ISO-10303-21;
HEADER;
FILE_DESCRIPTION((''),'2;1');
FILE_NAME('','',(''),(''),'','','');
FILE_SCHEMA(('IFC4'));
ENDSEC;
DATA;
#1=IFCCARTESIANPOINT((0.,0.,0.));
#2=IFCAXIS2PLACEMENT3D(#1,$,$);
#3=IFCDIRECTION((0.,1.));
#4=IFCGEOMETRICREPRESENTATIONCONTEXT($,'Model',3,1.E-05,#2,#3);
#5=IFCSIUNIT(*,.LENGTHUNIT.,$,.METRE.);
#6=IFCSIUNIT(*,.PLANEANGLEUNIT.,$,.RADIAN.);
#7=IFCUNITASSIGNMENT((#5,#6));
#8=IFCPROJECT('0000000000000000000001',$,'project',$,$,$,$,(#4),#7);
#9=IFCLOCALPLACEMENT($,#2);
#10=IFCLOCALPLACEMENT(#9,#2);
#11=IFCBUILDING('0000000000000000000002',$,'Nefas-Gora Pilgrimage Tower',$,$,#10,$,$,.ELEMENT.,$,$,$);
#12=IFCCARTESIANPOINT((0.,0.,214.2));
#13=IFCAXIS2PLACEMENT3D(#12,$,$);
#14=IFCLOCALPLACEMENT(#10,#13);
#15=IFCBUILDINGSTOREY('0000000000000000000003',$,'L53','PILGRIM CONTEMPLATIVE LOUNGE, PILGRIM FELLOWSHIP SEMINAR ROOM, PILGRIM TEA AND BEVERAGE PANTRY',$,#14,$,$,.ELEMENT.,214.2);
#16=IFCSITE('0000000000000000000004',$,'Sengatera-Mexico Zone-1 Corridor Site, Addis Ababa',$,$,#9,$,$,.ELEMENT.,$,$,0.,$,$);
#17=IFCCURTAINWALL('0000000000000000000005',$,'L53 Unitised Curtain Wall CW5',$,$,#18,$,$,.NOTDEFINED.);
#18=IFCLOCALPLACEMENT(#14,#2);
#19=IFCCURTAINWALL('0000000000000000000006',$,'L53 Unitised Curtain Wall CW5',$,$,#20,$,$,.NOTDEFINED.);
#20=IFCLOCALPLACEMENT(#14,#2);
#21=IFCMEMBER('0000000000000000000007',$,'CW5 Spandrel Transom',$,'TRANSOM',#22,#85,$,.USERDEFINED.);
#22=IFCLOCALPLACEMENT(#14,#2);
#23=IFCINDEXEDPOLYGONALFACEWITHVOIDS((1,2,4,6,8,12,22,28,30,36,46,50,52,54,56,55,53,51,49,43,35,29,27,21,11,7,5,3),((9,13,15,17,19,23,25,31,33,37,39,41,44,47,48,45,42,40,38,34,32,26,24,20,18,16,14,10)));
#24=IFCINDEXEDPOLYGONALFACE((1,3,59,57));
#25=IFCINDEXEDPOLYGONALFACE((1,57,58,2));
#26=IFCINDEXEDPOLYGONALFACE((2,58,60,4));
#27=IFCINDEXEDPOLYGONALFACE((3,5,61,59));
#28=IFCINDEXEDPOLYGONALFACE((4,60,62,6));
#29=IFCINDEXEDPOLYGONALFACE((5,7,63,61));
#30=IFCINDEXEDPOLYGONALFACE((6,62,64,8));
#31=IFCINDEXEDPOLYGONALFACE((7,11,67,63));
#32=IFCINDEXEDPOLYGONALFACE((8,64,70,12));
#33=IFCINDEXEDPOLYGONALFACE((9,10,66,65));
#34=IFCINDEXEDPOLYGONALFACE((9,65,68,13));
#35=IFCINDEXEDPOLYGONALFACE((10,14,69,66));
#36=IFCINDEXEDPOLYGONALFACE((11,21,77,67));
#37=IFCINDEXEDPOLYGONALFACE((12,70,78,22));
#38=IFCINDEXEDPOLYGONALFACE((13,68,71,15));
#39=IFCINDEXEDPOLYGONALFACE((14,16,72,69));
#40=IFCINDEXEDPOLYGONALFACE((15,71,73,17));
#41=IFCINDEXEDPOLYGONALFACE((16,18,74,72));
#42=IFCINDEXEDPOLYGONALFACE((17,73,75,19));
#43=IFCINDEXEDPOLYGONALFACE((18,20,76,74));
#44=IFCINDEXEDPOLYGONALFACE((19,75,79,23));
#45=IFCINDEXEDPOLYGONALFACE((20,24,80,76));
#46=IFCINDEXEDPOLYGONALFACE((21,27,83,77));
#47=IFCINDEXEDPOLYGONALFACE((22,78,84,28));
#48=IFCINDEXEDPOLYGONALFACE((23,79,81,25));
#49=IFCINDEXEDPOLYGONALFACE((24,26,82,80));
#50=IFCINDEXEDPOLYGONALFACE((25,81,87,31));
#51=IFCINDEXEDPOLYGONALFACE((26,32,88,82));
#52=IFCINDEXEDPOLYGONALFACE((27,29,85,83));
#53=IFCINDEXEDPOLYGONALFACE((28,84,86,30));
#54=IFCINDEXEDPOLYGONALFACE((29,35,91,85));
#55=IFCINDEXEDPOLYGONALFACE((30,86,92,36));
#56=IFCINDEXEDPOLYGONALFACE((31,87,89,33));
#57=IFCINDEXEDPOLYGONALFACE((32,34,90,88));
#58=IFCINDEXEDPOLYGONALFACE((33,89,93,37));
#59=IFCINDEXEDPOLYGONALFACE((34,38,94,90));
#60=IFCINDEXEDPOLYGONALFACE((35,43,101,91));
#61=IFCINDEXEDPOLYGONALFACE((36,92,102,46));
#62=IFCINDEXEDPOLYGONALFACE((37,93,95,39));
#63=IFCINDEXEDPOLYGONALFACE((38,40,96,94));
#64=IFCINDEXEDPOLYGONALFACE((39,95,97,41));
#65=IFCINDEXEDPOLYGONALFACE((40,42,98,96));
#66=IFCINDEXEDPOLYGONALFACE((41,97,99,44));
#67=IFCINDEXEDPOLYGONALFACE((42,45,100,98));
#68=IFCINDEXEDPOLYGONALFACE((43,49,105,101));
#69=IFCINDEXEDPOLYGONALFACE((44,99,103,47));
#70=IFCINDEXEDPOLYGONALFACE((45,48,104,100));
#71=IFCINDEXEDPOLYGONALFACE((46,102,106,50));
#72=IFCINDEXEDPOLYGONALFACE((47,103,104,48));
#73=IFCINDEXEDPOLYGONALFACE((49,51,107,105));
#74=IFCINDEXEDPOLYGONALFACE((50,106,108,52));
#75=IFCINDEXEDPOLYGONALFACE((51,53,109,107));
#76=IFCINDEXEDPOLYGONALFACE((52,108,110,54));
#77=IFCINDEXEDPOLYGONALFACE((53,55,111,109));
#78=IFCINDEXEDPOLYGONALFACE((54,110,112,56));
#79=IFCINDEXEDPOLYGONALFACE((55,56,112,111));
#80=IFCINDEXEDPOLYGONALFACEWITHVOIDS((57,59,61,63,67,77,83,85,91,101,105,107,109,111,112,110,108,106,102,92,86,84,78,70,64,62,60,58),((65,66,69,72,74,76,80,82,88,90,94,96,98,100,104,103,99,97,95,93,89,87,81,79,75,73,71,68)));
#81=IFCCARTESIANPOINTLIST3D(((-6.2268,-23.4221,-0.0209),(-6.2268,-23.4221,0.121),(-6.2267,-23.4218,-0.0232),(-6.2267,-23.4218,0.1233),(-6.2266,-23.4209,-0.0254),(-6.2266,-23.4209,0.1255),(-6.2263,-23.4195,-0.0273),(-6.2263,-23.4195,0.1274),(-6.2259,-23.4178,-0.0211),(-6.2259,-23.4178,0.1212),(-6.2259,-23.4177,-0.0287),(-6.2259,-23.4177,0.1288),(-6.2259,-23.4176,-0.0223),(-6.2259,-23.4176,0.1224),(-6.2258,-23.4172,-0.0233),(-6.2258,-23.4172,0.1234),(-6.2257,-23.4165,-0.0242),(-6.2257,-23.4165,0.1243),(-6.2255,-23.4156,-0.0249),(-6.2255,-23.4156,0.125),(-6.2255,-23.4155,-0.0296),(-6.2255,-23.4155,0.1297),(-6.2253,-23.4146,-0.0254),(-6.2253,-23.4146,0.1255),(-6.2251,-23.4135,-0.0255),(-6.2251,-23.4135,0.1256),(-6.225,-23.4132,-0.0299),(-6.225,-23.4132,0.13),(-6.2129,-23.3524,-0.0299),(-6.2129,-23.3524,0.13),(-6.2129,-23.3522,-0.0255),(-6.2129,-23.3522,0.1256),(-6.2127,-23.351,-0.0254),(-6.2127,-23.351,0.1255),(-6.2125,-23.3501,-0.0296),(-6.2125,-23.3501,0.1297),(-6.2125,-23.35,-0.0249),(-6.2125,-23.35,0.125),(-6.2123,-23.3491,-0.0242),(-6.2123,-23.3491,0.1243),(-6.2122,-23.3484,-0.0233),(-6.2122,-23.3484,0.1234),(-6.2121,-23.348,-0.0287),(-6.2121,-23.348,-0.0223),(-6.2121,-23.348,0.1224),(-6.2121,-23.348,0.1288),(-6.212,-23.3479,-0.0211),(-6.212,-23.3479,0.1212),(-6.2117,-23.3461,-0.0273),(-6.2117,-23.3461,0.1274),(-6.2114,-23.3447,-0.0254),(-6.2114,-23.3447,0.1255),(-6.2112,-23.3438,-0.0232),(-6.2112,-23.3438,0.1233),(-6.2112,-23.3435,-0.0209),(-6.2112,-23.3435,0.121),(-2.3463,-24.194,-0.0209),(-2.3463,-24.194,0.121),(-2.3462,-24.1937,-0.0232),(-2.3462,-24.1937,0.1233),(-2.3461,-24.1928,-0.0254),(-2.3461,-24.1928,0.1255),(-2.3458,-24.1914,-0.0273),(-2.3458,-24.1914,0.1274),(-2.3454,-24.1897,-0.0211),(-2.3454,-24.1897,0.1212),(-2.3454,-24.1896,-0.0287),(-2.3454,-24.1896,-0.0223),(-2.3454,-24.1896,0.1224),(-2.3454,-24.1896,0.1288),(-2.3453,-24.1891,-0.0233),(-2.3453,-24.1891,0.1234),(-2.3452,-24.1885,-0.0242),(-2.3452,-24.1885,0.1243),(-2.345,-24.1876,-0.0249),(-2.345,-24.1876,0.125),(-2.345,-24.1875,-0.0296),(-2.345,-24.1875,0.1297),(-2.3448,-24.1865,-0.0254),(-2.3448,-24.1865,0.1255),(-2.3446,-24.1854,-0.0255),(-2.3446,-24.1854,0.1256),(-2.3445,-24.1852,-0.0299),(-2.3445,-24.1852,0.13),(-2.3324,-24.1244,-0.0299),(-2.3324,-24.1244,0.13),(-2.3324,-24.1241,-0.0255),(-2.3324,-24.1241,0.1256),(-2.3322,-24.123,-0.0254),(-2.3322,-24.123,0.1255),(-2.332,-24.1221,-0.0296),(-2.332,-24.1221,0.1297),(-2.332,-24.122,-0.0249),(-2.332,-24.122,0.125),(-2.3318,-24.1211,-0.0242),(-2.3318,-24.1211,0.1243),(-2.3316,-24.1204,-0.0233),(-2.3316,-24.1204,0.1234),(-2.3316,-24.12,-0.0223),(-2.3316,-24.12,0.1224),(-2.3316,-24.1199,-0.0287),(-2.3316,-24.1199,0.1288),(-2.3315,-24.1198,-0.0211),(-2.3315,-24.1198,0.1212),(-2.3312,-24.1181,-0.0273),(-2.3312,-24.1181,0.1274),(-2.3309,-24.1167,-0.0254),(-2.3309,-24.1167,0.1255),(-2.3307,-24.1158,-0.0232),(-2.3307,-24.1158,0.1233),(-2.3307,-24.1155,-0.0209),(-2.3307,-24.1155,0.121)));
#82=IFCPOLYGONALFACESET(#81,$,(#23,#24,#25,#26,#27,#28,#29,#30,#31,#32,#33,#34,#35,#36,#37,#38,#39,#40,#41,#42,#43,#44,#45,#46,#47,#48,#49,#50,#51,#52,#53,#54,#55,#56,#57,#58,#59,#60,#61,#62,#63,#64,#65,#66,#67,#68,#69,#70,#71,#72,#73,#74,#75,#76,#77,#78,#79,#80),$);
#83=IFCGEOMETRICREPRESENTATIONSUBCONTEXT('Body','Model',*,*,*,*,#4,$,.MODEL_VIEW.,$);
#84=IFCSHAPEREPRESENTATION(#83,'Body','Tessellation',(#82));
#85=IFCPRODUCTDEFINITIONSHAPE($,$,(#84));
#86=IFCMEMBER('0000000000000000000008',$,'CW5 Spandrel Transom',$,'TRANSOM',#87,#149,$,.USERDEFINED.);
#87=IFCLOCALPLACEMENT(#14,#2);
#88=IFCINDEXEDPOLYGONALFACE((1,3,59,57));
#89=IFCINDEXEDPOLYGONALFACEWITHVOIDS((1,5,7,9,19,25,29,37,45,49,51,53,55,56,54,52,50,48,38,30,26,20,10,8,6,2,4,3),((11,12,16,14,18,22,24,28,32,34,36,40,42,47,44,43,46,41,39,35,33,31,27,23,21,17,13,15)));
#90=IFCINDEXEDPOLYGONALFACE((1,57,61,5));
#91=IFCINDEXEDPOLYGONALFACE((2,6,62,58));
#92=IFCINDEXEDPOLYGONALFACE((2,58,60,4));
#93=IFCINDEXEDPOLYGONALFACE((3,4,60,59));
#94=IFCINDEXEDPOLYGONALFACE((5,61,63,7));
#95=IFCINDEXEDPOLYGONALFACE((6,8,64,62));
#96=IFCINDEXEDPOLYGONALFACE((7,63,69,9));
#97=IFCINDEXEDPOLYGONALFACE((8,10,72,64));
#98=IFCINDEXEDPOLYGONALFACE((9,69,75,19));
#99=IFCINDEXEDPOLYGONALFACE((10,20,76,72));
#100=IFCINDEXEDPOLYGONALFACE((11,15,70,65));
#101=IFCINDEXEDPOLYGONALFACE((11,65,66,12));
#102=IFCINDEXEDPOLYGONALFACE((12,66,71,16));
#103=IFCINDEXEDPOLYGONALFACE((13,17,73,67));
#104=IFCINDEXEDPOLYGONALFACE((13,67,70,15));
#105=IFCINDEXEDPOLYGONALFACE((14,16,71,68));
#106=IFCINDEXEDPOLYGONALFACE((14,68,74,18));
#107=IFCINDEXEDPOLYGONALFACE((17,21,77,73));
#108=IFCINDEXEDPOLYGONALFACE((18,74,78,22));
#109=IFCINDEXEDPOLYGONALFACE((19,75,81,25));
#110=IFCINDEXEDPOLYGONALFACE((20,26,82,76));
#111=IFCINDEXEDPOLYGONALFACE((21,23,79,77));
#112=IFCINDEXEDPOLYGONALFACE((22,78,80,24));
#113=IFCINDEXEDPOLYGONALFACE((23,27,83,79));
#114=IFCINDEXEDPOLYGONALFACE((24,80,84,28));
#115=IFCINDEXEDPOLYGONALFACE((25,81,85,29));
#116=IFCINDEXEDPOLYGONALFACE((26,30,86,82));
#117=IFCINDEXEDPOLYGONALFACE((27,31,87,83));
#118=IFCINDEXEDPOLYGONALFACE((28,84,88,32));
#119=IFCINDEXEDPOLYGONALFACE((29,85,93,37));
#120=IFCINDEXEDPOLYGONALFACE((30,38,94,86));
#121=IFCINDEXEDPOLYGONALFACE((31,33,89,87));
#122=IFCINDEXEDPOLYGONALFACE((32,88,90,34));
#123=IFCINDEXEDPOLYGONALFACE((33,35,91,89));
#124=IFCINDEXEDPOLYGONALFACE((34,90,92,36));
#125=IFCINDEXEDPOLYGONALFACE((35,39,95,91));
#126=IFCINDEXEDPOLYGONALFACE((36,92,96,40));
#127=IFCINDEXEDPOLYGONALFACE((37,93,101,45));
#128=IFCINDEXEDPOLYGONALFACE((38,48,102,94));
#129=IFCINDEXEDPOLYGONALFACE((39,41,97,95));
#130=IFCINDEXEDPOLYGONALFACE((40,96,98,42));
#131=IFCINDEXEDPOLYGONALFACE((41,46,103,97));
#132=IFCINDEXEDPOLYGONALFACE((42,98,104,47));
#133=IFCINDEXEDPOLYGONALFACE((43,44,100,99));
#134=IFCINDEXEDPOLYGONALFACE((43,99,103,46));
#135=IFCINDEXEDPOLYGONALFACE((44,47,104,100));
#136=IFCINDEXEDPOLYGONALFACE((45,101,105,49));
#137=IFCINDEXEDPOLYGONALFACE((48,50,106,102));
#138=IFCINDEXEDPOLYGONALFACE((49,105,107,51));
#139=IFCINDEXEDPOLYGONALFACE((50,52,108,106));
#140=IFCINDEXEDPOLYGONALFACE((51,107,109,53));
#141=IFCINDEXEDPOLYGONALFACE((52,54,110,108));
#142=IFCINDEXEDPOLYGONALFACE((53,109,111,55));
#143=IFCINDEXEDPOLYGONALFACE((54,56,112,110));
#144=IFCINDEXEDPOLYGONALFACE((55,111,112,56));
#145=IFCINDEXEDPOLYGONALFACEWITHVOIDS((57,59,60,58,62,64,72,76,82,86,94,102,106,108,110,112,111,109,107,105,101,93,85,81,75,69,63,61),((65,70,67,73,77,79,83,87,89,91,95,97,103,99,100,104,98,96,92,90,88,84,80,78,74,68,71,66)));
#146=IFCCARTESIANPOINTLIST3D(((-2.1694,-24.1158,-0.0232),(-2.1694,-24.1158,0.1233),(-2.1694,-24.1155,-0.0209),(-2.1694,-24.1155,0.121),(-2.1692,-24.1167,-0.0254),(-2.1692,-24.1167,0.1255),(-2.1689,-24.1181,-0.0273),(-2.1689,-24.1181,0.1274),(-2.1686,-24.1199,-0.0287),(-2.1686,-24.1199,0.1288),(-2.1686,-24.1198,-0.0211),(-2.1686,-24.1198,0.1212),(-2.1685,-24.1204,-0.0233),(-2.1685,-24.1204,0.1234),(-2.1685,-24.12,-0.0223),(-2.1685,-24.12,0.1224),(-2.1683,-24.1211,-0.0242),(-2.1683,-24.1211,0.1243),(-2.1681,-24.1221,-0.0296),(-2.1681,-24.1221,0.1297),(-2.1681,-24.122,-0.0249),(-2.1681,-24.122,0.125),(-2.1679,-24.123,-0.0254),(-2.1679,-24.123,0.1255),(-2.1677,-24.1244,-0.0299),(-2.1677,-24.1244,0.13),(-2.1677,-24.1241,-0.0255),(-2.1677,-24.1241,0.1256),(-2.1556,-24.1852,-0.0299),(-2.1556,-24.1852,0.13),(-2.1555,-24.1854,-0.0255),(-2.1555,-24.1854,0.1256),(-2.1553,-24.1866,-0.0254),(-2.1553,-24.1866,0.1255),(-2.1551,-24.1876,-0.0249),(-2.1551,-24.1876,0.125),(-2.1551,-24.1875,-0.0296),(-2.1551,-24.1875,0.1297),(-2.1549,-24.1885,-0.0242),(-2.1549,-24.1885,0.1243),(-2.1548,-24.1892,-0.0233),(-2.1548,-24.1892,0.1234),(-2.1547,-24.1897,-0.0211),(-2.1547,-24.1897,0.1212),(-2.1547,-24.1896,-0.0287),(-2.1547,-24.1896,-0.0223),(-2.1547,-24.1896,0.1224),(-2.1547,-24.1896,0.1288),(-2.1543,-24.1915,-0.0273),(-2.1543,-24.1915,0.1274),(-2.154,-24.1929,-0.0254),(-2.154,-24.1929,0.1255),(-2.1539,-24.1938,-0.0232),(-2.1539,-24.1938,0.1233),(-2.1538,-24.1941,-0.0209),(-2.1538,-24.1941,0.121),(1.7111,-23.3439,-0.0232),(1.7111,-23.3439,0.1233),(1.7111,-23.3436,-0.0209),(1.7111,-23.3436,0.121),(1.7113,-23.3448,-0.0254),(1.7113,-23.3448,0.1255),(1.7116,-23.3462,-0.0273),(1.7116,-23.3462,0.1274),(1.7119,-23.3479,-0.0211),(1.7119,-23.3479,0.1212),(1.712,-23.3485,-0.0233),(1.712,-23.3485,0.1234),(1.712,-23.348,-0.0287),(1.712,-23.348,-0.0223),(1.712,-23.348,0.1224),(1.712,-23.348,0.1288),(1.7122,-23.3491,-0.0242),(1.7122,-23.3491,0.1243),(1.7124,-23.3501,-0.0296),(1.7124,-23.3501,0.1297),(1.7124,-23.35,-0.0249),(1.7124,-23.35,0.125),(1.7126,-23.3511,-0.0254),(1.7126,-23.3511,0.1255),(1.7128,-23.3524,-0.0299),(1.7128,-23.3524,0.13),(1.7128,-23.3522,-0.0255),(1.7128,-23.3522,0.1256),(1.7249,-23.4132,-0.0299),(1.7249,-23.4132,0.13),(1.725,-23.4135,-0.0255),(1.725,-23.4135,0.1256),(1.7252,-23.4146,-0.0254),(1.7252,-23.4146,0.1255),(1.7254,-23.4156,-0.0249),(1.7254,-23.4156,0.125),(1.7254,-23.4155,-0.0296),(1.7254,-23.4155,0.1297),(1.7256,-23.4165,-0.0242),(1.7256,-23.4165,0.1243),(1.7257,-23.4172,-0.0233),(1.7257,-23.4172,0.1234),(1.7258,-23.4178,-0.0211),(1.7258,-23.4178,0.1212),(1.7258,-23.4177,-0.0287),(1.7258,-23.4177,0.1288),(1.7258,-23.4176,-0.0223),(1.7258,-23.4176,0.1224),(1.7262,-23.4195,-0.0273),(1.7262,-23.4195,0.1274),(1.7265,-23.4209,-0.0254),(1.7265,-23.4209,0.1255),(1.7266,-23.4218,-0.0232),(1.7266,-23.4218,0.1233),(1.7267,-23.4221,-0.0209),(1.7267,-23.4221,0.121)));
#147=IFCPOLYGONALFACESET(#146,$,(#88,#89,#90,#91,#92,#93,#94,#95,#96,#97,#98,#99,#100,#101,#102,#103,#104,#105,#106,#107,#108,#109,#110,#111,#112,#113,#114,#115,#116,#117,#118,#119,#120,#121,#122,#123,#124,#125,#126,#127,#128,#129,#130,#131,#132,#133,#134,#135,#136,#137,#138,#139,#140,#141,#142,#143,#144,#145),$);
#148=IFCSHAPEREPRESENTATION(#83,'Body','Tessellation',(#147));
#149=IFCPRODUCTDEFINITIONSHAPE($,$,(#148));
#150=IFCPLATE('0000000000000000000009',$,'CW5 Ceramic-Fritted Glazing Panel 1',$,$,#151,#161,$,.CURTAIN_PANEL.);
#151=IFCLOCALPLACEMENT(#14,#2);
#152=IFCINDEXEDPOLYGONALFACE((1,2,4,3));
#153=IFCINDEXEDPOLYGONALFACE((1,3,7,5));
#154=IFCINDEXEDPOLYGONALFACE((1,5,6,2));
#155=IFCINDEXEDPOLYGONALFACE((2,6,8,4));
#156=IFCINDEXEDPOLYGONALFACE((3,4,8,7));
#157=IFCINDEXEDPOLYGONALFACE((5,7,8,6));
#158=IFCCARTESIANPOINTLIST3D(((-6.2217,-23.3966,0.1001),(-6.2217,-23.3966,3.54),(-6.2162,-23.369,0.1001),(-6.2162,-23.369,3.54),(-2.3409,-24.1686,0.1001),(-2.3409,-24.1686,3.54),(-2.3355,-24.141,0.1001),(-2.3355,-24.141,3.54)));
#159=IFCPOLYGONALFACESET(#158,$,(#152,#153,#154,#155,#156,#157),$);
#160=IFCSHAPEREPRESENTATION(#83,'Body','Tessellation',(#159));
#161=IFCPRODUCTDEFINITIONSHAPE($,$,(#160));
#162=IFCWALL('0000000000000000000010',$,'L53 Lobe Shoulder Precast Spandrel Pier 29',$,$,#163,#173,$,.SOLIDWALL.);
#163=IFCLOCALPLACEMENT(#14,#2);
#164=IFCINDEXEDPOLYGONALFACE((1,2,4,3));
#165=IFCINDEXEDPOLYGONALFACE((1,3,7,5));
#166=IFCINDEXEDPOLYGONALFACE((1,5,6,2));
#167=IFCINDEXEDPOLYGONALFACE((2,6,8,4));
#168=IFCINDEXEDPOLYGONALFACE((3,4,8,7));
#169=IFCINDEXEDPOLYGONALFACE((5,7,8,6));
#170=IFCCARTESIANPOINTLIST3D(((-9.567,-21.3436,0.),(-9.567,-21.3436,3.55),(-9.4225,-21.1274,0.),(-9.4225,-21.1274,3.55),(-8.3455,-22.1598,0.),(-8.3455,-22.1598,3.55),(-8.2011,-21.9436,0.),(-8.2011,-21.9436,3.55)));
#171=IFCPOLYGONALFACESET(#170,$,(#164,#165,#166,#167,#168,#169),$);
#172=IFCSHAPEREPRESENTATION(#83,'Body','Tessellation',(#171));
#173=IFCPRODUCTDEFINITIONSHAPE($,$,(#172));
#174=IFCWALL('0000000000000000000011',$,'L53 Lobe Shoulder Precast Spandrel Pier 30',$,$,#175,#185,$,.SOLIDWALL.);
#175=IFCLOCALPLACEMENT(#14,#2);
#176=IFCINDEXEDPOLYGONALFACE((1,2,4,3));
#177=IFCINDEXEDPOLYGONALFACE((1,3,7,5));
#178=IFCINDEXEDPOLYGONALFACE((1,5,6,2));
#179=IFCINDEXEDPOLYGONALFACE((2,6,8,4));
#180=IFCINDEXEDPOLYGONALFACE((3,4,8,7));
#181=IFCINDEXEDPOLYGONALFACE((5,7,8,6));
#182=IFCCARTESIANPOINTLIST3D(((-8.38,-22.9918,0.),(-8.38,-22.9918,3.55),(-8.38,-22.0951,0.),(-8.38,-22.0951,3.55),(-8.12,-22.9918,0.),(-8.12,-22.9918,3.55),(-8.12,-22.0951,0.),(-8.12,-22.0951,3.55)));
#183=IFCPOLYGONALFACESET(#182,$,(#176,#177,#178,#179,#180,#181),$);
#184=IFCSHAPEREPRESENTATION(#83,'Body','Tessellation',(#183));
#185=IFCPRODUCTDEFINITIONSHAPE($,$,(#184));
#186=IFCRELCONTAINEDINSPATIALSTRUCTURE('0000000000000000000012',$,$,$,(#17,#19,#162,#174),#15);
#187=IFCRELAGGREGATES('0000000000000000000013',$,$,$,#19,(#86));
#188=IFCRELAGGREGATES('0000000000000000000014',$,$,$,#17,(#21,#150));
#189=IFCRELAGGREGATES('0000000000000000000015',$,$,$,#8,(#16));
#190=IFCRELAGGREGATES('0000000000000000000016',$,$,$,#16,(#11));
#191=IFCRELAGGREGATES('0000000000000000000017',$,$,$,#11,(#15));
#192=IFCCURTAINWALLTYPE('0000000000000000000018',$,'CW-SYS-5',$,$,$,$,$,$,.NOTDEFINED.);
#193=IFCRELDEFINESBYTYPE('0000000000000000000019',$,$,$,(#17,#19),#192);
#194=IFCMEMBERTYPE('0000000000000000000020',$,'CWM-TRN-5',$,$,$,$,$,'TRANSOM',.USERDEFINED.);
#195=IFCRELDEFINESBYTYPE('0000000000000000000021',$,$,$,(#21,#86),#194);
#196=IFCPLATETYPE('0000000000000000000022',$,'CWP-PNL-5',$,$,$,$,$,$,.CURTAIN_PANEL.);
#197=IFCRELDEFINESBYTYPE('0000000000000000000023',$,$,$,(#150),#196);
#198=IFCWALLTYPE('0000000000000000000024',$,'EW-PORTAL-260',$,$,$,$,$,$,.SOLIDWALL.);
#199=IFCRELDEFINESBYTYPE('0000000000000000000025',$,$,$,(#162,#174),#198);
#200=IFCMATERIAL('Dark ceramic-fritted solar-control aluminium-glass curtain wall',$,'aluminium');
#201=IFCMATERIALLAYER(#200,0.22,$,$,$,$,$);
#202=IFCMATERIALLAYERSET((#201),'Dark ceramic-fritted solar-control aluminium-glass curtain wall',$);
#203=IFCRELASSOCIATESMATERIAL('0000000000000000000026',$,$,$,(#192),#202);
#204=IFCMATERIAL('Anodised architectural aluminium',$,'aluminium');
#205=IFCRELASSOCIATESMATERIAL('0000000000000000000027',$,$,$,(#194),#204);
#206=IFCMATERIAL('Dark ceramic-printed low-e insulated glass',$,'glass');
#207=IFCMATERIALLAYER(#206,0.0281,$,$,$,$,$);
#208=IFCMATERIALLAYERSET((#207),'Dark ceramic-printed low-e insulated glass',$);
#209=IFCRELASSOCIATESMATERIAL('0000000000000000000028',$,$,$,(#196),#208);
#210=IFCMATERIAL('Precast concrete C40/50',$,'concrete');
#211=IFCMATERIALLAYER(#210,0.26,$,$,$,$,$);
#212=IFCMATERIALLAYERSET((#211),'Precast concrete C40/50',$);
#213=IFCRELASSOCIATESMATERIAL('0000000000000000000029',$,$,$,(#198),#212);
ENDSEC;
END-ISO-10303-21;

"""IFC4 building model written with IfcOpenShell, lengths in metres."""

from ifc_helpers import new_model, si_unit, direction, frame, frame_2d, origin, origin_2d, place, context, subcontext, project, spatial, rectangle, hollow_rectangle, extrude, source, transform, mapped, material, layer, layer_set, material_profile, profile_set, type_object, element, aggregate, save


model = new_model("IFC4")

# Units and contexts
model_context = context("Model", 3, precision=1e-05, world=origin(), true_north=direction((0.0, 1.0)))
body_context = subcontext(model_context, "Body", "Model", "MODEL_VIEW")
ifc_project = project(units=[si_unit("LENGTHUNIT", "METRE"), si_unit("PLANEANGLEUNIT", "RADIAN")], contexts=[model_context])

# Site, building, storey
site_placement = place(None, origin())
site = spatial("IfcSite", under=ifc_project, at=site_placement, Name="Sengatera-Mexico Zone-1 Corridor Site, Addis Ababa", CompositionType="ELEMENT", RefElevation=0.0)
building_placement = place(site_placement, origin())
building = spatial("IfcBuilding", under=site, at=building_placement, Name="Nefas-Gora Pilgrimage Tower", CompositionType="ELEMENT")
storey_placement = place(building_placement, frame((0.0, 0.0, 214.2)))
storey = spatial("IfcBuildingStorey", under=building, at=storey_placement, Name="L53", Description="PILGRIM CONTEMPLATIVE LOUNGE, PILGRIM FELLOWSHIP SEMINAR ROOM, PILGRIM TEA AND BEVERAGE PANTRY", CompositionType="ELEMENT", Elevation=214.2)

# Shared definitions
ifc_material_1 = material(Name="Dark ceramic-fritted solar-control aluminium-glass curtain wall", Category="aluminium")
ifc_layer_1 = layer(ifc_material_1, 0.22)
ifc_layer_set_1 = layer_set([ifc_layer_1], Name="Dark ceramic-fritted solar-control aluminium-glass curtain wall")
curtain_wall_type = type_object("IfcCurtainWallType", Name="CW-SYS-5", PredefinedType="NOTDEFINED", material=ifc_layer_set_1)
ifc_material_2 = material(Name="Anodised architectural aluminium", Category="aluminium")

# Curtain wall
curtain_wall_1_placement = place(storey_placement, origin())
curtain_wall_1 = element("IfcCurtainWall", 1, at=curtain_wall_1_placement, inside=storey, type_object=curtain_wall_type, Name="L53 Unitised Curtain Wall CW5", PredefinedType="NOTDEFINED")

# Curtain wall
curtain_wall_2_placement = place(storey_placement, origin())
curtain_wall_2 = element("IfcCurtainWall", 2, at=curtain_wall_2_placement, inside=storey, type_object=curtain_wall_type, Name="L53 Unitised Curtain Wall CW5", PredefinedType="NOTDEFINED")

# Members
ifc_material_profile_1 = material_profile(ifc_material_2, hollow_rectangle(XDim=0.0801, YDim=0.1599, WallThickness=0.0044, InnerFilletRadius=0.0044, OuterFilletRadius=0.009, at=origin_2d()), Name="ALU TRANSOM 80x160")
ifc_profile_set_1 = profile_set([ifc_material_profile_1], Name="Anodised architectural aluminium")
member_type_1 = type_object("IfcMemberType", Name="CWM-TRN-5", ElementType="TRANSOM", PredefinedType="USERDEFINED", material=ifc_profile_set_1)
shared_shape_1 = source(origin(), body_context, "Body", "SweptSolid", [
    extrude(hollow_rectangle(XDim=0.0801, YDim=0.1599, WallThickness=0.0044, InnerFilletRadius=0.0044, OuterFilletRadius=0.009, at=origin_2d()), origin(), (0.0, 0.0, 1.0), 3.9565),
])
member_1_placement = place(storey_placement, frame((-6.219, -23.3828, 0.05), z_axis=(0.980782, -0.195107, 0.0), x_axis=(0.195107, 0.980782, 0.0)))
member_1 = element("IfcMember", 3, at=member_1_placement, type_object=member_type_1, Name="CW5 Spandrel Transom", ObjectType="TRANSOM", PredefinedType="USERDEFINED", context=body_context, shape_type="MappedRepresentation", body=[
    mapped(shared_shape_1, transform((0.0, 0.0, 0.0), x_axis=(1.0, 0.0, 0.0), y_axis=(0.0, 1.0, 0.0), z_axis=(0.0, 0.0, 1.0), scale=1.0)),
])
member_2_placement = place(storey_placement, frame((-2.1616, -24.1548, 0.05), z_axis=(0.980782, 0.195107, 0.0), x_axis=(-0.195107, 0.980782, 0.0)))
member_2 = element("IfcMember", 4, at=member_2_placement, type_object=member_type_1, Name="CW5 Spandrel Transom", ObjectType="TRANSOM", PredefinedType="USERDEFINED", context=body_context, shape_type="MappedRepresentation", body=[
    mapped(shared_shape_1, transform((0.0, 0.0, 0.0), x_axis=(1.0, 0.0, 0.0), y_axis=(0.0, 1.0, 0.0), z_axis=(0.0, 0.0, 1.0), scale=1.0)),
])
aggregate(curtain_wall_2, [member_2])

# Plate
ifc_material_3 = material(Name="Dark ceramic-printed low-e insulated glass", Category="glass")
ifc_layer_2 = layer(ifc_material_3, 0.0281)
ifc_layer_set_2 = layer_set([ifc_layer_2], Name="Dark ceramic-printed low-e insulated glass")
plate_type = type_object("IfcPlateType", Name="CWP-PNL-5", PredefinedType="CURTAIN_PANEL", material=ifc_layer_set_2)
shared_shape_2 = source(origin(), body_context, "Body", "SweptSolid", [
    extrude(rectangle(XDim=3.9568, YDim=0.0281, at=origin_2d()), origin(), (0.0, 0.0, 1.0), 3.4399),
])
plate_placement = place(storey_placement, frame((-4.2786, -23.7688, 0.1001), z_axis=(0.0, 0.0, 1.0), x_axis=(0.980783, -0.195102, 0.0)))
plate = element("IfcPlate", 5, at=plate_placement, type_object=plate_type, Name="CW5 Ceramic-Fritted Glazing Panel 1", PredefinedType="CURTAIN_PANEL", context=body_context, shape_type="MappedRepresentation", body=[
    mapped(shared_shape_2, transform((0.0, 0.0, 0.0), x_axis=(1.0, 0.0, 0.0), y_axis=(0.0, 1.0, 0.0), z_axis=(0.0, 0.0, 1.0), scale=1.0)),
])
aggregate(curtain_wall_1, [member_1, plate])

# Walls
ifc_material_4 = material(Name="Precast concrete C40/50", Category="concrete")
ifc_layer_3 = layer(ifc_material_4, 0.26)
ifc_layer_set_3 = layer_set([ifc_layer_3], Name="Precast concrete C40/50")
wall_type_1 = type_object("IfcWallType", Name="EW-PORTAL-260", PredefinedType="SOLIDWALL", material=ifc_layer_set_3)
shared_shape_3 = source(origin(), body_context, "Body", "SweptSolid", [
    extrude(rectangle(XDim=1.469, YDim=0.26, at=frame_2d((0.7344, 0.0))), origin(), (0.0, 0.0, 1.0), 3.55),
])
wall_1_placement = place(storey_placement, frame((-9.4946, -21.2356, 0.0), z_axis=(0.0, 0.0, 1.0), x_axis=(0.831462, -0.555582, 0.0)))
element("IfcWall", 6, at=wall_1_placement, inside=storey, type_object=wall_type_1, Name="L53 Lobe Shoulder Precast Spandrel Pier 29", PredefinedType="SOLIDWALL", context=body_context, shape_type="MappedRepresentation", body=[
    mapped(shared_shape_3, transform((0.0, 0.0, 0.0), x_axis=(1.0, 0.0, 0.0), y_axis=(0.0, 1.0, 0.0), z_axis=(0.0, 0.0, 1.0), scale=1.0)),
])
shared_shape_4 = source(origin(), body_context, "Body", "SweptSolid", [
    extrude(rectangle(XDim=0.8967, YDim=0.26, at=frame_2d((0.4482, 0.0))), origin(), (0.0, 0.0, 1.0), 3.55),
])
wall_2_placement = place(storey_placement, frame((-8.25, -22.0952, 0.0), z_axis=(0.0, 0.0, 1.0), x_axis=(0.0, -1.0, 0.0)))
element("IfcWall", 7, at=wall_2_placement, inside=storey, type_object=wall_type_1, Name="L53 Lobe Shoulder Precast Spandrel Pier 30", PredefinedType="SOLIDWALL", context=body_context, shape_type="MappedRepresentation", body=[
    mapped(shared_shape_4, transform((0.0, 0.0, 0.0), x_axis=(1.0, 0.0, 0.0), y_axis=(0.0, 1.0, 0.0), z_axis=(0.0, 0.0, 1.0), scale=1.0)),
])

save(model, "model.ifc")
